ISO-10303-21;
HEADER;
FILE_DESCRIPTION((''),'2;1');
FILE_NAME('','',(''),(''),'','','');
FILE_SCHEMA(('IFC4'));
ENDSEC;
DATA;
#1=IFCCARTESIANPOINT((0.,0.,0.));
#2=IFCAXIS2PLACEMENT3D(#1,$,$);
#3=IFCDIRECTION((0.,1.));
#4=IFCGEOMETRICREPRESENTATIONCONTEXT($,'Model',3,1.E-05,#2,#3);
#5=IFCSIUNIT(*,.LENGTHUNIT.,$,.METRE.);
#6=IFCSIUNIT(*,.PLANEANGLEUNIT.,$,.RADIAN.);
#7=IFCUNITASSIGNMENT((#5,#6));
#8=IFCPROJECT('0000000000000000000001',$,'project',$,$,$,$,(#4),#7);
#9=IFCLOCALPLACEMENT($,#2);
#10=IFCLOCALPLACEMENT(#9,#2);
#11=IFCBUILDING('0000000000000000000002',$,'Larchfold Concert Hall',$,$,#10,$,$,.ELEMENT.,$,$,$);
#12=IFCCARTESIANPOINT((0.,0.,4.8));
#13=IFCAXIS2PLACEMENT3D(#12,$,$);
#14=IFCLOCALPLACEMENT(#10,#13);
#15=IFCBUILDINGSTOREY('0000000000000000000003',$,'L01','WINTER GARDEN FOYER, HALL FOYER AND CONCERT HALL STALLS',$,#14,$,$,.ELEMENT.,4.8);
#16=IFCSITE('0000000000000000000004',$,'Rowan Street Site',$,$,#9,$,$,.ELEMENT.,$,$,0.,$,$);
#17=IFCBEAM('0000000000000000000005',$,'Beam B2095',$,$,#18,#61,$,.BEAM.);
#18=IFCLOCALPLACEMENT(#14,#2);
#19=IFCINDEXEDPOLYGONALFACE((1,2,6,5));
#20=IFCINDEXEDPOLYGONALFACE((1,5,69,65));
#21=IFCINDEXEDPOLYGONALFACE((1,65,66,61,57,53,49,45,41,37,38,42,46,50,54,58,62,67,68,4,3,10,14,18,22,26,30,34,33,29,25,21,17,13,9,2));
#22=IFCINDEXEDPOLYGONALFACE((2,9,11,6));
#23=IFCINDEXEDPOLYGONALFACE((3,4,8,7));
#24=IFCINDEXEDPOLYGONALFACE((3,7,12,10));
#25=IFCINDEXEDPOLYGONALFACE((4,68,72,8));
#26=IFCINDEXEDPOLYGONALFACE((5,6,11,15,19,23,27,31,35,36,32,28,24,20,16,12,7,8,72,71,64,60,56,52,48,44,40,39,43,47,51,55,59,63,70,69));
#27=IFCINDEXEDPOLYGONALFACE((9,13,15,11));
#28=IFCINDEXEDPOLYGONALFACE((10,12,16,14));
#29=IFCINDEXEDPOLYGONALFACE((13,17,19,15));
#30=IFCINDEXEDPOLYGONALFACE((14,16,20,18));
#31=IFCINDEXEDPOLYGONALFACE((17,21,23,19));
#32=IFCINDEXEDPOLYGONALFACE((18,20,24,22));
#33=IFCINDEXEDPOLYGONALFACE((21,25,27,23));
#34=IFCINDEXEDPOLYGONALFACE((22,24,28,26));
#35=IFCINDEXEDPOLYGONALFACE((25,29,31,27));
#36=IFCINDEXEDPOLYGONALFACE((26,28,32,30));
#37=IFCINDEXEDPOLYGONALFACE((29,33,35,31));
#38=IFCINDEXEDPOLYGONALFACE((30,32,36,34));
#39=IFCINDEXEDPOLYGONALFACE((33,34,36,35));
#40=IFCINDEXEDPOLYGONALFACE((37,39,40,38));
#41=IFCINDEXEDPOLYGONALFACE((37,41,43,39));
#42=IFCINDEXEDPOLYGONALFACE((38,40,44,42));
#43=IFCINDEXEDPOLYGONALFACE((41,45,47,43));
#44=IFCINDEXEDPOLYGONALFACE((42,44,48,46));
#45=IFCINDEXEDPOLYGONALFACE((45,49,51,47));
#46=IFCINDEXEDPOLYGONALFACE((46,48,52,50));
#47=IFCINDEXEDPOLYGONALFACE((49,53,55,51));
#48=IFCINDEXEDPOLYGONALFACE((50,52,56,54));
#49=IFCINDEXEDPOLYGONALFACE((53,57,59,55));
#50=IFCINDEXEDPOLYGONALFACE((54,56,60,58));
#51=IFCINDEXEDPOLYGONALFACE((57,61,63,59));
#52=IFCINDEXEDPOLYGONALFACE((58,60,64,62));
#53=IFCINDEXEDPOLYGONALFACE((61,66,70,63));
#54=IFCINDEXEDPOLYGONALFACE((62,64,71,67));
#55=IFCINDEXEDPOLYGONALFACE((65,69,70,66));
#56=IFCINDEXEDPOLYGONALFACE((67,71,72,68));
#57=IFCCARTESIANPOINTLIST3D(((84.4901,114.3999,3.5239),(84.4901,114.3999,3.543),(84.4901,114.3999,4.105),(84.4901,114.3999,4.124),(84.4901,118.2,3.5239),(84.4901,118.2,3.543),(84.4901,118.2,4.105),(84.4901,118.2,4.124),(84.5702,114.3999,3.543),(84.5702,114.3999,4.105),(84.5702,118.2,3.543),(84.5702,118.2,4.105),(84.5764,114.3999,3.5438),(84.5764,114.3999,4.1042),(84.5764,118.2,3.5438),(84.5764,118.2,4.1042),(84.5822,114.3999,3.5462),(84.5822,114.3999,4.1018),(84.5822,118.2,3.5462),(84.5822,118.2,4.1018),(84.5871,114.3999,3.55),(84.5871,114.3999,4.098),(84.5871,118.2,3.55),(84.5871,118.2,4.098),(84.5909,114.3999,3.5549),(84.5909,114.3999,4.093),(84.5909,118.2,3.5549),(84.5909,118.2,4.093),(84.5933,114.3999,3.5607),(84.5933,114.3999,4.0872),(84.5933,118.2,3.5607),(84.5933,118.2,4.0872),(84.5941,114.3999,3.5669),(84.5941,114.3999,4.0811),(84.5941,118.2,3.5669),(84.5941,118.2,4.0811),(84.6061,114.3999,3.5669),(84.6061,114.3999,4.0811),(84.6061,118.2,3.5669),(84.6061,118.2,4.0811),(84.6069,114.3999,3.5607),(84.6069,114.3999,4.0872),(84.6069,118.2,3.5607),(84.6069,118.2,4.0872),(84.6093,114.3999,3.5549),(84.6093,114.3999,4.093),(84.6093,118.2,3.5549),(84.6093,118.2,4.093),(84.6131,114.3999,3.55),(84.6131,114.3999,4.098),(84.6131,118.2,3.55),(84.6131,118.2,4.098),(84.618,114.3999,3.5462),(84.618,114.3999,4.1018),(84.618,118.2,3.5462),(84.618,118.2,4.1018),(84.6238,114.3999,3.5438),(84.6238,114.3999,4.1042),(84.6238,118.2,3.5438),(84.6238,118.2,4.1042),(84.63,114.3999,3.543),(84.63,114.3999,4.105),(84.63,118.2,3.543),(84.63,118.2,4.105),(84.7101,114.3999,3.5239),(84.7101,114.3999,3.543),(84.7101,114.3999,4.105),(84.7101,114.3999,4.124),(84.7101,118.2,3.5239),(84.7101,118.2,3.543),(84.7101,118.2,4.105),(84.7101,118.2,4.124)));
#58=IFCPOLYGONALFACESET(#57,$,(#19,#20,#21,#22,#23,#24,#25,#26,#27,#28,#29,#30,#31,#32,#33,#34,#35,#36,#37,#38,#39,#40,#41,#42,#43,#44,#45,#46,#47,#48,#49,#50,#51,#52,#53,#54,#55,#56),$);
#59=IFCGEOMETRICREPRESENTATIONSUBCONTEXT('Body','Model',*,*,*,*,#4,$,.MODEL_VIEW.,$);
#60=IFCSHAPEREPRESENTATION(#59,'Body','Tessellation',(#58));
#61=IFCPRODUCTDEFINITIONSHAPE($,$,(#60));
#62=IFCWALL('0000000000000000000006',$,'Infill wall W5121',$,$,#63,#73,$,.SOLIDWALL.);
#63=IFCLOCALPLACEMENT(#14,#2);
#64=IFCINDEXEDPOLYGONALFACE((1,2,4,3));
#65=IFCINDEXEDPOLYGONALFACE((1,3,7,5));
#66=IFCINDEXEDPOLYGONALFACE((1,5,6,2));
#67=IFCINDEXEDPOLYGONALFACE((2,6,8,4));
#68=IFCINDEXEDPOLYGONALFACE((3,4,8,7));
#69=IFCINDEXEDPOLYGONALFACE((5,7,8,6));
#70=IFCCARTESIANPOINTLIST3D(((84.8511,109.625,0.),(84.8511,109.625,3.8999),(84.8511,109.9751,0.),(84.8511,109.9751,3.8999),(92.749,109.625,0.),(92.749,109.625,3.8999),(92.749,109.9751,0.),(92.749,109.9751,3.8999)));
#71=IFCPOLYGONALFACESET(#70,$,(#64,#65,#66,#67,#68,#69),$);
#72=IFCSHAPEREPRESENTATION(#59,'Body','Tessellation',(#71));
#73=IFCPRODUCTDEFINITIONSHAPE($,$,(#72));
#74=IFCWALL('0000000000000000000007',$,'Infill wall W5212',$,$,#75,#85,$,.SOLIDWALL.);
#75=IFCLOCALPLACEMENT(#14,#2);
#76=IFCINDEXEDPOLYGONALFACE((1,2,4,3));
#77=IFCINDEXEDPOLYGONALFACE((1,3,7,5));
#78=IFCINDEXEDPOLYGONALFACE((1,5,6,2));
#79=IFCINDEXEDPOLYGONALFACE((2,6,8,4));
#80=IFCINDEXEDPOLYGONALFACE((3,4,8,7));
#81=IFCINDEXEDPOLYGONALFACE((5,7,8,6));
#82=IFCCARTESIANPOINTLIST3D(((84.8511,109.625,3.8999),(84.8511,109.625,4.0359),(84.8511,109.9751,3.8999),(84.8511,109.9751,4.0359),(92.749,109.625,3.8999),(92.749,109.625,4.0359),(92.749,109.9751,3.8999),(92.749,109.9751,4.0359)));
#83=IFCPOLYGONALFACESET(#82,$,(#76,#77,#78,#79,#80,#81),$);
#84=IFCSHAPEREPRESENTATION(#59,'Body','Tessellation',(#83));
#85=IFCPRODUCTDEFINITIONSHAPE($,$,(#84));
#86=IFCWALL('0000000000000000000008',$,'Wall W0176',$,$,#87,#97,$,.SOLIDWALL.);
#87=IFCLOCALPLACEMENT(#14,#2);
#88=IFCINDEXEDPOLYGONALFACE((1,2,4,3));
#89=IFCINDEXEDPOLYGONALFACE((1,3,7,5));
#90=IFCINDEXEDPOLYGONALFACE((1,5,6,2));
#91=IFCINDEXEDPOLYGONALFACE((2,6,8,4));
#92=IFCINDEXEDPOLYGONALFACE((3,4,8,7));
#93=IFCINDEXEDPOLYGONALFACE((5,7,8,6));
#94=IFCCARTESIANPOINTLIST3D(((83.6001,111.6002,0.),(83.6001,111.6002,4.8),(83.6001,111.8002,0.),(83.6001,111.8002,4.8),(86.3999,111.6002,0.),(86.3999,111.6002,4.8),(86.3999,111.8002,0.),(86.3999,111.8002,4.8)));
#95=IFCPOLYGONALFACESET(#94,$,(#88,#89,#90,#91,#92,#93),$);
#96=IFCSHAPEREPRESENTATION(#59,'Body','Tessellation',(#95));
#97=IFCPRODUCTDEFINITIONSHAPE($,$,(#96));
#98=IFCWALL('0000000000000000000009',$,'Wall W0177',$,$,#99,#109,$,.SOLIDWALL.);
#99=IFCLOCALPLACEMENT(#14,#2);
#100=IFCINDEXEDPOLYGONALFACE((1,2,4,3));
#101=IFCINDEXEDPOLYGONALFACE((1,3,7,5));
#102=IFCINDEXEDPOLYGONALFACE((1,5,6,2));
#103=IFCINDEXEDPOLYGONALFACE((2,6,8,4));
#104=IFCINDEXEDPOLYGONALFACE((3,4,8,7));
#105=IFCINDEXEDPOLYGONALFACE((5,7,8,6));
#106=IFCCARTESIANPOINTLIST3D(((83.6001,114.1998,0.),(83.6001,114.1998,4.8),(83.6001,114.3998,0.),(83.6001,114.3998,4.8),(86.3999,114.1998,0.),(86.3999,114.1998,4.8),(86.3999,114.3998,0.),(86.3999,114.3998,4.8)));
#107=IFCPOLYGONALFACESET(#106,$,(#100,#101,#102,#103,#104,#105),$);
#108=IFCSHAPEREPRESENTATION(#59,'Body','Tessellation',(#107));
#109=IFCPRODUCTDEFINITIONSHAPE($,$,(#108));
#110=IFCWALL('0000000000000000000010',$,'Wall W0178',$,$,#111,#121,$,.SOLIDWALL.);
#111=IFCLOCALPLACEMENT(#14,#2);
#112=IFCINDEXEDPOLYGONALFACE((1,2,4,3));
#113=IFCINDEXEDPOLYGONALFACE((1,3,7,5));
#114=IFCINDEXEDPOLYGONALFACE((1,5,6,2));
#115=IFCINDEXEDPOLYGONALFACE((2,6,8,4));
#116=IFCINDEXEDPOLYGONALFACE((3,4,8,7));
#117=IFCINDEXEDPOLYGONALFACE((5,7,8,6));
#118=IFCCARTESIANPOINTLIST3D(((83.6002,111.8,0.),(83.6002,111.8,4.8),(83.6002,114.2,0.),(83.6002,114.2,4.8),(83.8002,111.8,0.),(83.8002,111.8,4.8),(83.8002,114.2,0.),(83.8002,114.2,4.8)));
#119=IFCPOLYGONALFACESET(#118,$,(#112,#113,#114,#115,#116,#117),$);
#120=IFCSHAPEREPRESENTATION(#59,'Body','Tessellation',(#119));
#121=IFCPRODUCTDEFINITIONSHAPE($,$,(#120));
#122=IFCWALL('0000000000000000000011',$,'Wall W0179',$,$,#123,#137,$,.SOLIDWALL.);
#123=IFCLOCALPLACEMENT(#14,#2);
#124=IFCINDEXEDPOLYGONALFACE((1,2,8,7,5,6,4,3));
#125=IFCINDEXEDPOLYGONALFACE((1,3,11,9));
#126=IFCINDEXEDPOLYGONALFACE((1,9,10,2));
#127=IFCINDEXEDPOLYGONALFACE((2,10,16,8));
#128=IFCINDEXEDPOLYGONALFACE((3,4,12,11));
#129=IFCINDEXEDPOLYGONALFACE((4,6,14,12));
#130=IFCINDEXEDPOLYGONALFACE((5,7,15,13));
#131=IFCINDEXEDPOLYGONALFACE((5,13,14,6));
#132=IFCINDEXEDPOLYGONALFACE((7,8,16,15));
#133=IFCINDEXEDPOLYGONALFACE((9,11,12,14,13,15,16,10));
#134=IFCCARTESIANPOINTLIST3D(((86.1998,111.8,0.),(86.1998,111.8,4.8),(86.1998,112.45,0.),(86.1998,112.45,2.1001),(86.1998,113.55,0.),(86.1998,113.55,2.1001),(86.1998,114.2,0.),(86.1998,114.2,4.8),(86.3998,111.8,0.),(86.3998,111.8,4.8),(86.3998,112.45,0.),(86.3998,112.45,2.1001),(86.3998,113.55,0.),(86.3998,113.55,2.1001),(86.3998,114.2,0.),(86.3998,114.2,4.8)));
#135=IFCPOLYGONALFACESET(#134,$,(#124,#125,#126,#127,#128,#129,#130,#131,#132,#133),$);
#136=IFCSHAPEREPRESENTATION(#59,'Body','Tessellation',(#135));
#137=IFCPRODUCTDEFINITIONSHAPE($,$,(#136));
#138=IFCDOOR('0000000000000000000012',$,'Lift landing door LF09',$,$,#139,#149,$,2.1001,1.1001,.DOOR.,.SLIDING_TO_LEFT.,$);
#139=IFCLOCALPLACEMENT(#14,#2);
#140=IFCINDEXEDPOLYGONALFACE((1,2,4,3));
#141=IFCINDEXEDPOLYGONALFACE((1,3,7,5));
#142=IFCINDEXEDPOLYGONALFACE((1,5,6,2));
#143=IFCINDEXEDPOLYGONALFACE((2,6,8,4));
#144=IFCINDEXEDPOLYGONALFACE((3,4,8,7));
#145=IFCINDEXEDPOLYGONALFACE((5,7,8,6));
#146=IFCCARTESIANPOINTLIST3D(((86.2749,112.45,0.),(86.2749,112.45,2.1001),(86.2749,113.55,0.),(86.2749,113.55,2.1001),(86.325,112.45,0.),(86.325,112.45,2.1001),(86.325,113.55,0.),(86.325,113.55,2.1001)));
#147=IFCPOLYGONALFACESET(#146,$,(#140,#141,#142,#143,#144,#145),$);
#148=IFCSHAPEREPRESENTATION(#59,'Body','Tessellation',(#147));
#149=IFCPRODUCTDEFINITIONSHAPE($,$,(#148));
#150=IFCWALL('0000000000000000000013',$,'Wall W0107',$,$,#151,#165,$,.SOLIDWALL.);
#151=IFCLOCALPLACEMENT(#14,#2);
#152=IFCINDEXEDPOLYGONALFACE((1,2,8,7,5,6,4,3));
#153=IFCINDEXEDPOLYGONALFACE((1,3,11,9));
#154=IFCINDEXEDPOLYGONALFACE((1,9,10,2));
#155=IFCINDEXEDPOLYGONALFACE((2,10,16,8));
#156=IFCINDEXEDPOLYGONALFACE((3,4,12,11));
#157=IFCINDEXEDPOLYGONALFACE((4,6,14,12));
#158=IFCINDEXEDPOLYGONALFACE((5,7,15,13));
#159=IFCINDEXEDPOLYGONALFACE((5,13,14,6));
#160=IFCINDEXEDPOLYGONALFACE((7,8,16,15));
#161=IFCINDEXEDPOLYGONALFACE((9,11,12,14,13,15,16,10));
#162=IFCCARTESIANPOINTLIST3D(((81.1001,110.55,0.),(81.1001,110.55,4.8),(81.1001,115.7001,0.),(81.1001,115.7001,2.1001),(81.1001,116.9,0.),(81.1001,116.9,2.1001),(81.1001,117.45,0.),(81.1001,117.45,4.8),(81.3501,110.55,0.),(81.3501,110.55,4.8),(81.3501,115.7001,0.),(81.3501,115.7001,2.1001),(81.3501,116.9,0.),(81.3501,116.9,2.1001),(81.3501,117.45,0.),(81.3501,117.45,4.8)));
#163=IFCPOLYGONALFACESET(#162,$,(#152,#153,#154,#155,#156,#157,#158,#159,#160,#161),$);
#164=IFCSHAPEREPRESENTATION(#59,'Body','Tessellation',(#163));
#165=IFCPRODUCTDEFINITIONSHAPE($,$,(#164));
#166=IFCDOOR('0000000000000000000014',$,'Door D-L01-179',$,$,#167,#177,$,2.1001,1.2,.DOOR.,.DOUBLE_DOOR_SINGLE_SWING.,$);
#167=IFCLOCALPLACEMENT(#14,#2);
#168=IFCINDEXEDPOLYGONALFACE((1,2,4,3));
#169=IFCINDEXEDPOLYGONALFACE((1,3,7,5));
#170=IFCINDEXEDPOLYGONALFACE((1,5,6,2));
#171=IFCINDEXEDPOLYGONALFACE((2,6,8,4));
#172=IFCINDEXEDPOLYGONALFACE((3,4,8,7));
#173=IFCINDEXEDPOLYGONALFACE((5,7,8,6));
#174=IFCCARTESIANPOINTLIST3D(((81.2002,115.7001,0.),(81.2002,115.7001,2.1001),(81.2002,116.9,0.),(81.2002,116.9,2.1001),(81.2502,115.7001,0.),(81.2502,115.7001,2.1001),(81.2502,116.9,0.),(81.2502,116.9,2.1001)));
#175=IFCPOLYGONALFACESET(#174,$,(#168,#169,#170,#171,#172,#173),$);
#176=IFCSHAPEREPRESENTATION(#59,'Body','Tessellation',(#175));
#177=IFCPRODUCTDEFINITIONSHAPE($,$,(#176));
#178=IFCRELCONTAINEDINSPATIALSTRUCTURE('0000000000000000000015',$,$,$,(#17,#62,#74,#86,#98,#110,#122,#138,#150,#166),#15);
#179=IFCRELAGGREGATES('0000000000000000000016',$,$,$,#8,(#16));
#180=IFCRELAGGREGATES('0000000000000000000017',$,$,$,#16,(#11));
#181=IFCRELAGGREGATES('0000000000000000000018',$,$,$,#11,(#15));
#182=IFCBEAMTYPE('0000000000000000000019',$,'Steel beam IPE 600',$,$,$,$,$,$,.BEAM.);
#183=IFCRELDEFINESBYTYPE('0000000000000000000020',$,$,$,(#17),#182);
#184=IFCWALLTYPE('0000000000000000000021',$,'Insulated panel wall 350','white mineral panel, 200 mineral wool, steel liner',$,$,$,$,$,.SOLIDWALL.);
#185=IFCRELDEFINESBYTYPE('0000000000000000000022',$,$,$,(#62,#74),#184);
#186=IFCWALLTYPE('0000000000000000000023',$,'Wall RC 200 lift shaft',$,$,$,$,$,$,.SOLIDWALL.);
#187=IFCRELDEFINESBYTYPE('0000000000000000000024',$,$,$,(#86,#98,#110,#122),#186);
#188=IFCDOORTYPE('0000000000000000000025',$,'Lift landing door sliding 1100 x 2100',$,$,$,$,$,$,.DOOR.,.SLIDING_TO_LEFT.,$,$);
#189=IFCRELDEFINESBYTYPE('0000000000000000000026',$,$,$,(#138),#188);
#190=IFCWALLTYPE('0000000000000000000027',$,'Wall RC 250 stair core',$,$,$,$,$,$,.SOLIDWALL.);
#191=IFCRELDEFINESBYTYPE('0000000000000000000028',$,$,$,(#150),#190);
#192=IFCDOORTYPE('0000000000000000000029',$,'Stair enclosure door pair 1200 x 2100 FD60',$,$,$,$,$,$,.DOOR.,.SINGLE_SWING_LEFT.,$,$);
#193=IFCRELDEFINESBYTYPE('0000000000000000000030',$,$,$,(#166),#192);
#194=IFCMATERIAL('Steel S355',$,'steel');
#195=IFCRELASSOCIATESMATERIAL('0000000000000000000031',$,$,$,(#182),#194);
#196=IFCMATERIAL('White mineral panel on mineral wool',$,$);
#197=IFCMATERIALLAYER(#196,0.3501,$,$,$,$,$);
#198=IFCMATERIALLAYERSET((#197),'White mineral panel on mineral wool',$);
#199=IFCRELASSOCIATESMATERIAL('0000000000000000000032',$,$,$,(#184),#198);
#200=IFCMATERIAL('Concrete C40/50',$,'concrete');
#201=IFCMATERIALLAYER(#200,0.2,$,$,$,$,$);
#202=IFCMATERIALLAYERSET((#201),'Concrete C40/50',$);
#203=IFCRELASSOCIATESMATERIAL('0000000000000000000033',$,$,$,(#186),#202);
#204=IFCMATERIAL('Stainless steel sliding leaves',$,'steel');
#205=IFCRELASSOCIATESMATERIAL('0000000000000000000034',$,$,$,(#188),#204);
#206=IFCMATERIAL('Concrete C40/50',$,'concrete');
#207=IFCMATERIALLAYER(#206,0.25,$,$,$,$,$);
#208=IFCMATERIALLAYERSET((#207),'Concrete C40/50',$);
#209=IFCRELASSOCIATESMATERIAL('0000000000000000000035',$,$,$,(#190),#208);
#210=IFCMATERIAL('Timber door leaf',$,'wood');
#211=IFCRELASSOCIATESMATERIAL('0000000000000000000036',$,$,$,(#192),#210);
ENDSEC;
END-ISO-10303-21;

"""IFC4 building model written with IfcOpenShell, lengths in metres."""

from ifc_helpers import new_model, si_unit, direction, frame, frame_2d, origin, origin_2d, place, context, subcontext, project, spatial, rectangle, i_section, extrude, material, layer, layer_set, material_profile, profile_set, type_object, element, fill, save


model = new_model("IFC4")

# Units and contexts
model_context = context("Model", 3, precision=1e-05, world=origin(), true_north=direction((0.0, 1.0)))
body_context = subcontext(model_context, "Body", "Model", "MODEL_VIEW")
ifc_project = project(units=[si_unit("LENGTHUNIT", "METRE"), si_unit("PLANEANGLEUNIT", "RADIAN")], contexts=[model_context])

# Site, building, storey
site_placement = place(None, origin())
site = spatial("IfcSite", under=ifc_project, at=site_placement, Name="Rowan Street Site", CompositionType="ELEMENT", RefElevation=0.0)
building_placement = place(site_placement, origin())
building = spatial("IfcBuilding", under=site, at=building_placement, Name="Larchfold Concert Hall", CompositionType="ELEMENT")
storey_placement = place(building_placement, frame((0.0, 0.0, 4.8)))
storey = spatial("IfcBuildingStorey", under=building, at=storey_placement, Name="L01", Description="WINTER GARDEN FOYER, HALL FOYER AND CONCERT HALL STALLS", CompositionType="ELEMENT", Elevation=4.8)

# Beam
ifc_material_1 = material(Name="Steel S355", Category="steel")
ifc_material_profile_1 = material_profile(ifc_material_1, i_section(OverallWidth=0.22, OverallDepth=0.6001, WebThickness=0.012, FlangeThickness=0.019, FilletRadius=0.0239, at=origin_2d()))
ifc_profile_set_1 = profile_set([ifc_material_profile_1], Name="Steel S355")
beam_type_1 = type_object("IfcBeamType", Name="Steel beam IPE 600", PredefinedType="BEAM", material=ifc_profile_set_1)
beam_1_placement = place(storey_placement, frame((84.6001, 114.3999, 3.824), z_axis=(0.0, 1.0, 0.0), x_axis=(-1.0, 0.0, 0.0)))
element("IfcBeam", 1, at=beam_1_placement, inside=storey, type_object=beam_type_1, Name="Beam B2095", PredefinedType="BEAM", context=body_context, shape_type="SweptSolid", body=[
    extrude(i_section(OverallWidth=0.22, OverallDepth=0.6001, WebThickness=0.012, FlangeThickness=0.019, FilletRadius=0.0239, at=origin_2d()), origin(), (0.0, 0.0, 1.0), 3.8),
])

# Walls
ifc_material_2 = material(Name="White mineral panel on mineral wool")
ifc_layer_1 = layer(ifc_material_2, 0.3501)
ifc_layer_set_1 = layer_set([ifc_layer_1], Name="White mineral panel on mineral wool")
wall_type_1 = type_object("IfcWallType", Name="Insulated panel wall 350", Description="white mineral panel, 200 mineral wool, steel liner", PredefinedType="SOLIDWALL", material=ifc_layer_set_1)
wall_1_placement = place(storey_placement, frame((84.8511, 109.8, 0.0), z_axis=(0.0, 0.0, 1.0), x_axis=(1.0, 0.0, 0.0)))
element("IfcWall", 2, at=wall_1_placement, inside=storey, type_object=wall_type_1, Name="Infill wall W5121", PredefinedType="SOLIDWALL", context=body_context, shape_type="SweptSolid", body=[
    extrude(rectangle(XDim=7.8979, YDim=0.3501, at=frame_2d((3.949, 0.0))), origin(), (0.0, 0.0, 1.0), 3.8999),
])
wall_2_placement = place(storey_placement, frame((84.8511, 109.8, 3.8999), z_axis=(0.0, 0.0, 1.0), x_axis=(1.0, 0.0, 0.0)))
element("IfcWall", 3, at=wall_2_placement, inside=storey, type_object=wall_type_1, Name="Infill wall W5212", PredefinedType="SOLIDWALL", context=body_context, shape_type="SweptSolid", body=[
    extrude(rectangle(XDim=7.8979, YDim=0.3501, at=frame_2d((3.949, 0.0))), origin(), (0.0, 0.0, 1.0), 0.136),
])
ifc_material_3 = material(Name="Concrete C40/50", Category="concrete")
ifc_layer_2 = layer(ifc_material_3, 0.2)
ifc_layer_set_2 = layer_set([ifc_layer_2], Name="Concrete C40/50")
wall_type_2 = type_object("IfcWallType", Name="Wall RC 200 lift shaft", PredefinedType="SOLIDWALL", material=ifc_layer_set_2)
for number, where, z_axis, x_axis, name in (
    (4, (83.6001, 111.7002, 0.0), (0.0, 0.0, 1.0), (1.0, 0.0, 0.0), "Wall W0176"),
    (5, (83.6001, 114.2998, 0.0), (0.0, 0.0, 1.0), (1.0, 0.0, 0.0), "Wall W0177"),
):
    element("IfcWall", number, at=place(storey_placement, frame(where, z_axis=z_axis, x_axis=x_axis)), inside=storey, type_object=wall_type_2, Name=name, PredefinedType="SOLIDWALL", context=body_context, shape_type="SweptSolid", body=[
        extrude(rectangle(XDim=2.7998, YDim=0.2, at=frame_2d((1.3999, 0.0))), origin(), (0.0, 0.0, 1.0), 4.8),
    ])
wall_3_placement = place(storey_placement, frame((83.7002, 111.8, 0.0), z_axis=(0.0, 0.0, 1.0), x_axis=(0.0, 1.0, 0.0)))
element("IfcWall", 6, at=wall_3_placement, inside=storey, type_object=wall_type_2, Name="Wall W0178", PredefinedType="SOLIDWALL", context=body_context, shape_type="SweptSolid", body=[
    extrude(rectangle(XDim=2.3999, YDim=0.2, at=frame_2d((1.2, 0.0))), origin(), (0.0, 0.0, 1.0), 4.8),
])

# Walls, openings, doors
wall_4_placement = place(storey_placement, frame((86.2998, 111.8, 0.0), z_axis=(0.0, 0.0, 1.0), x_axis=(0.0, 1.0, 0.0)))
wall_4 = element("IfcWall", 7, at=wall_4_placement, inside=storey, type_object=wall_type_2, Name="Wall W0179", PredefinedType="SOLIDWALL", context=body_context, shape_type="SweptSolid", body=[
    extrude(rectangle(XDim=2.3999, YDim=0.2, at=frame_2d((1.2, 0.0))), origin(), (0.0, 0.0, 1.0), 4.8),
])
opening_1_placement = place(wall_4_placement, frame((0.6499, 0.0, 0.0)))
opening_1 = element("IfcOpeningElement", 8, at=opening_1_placement, cuts=wall_4, PredefinedType="OPENING", context=body_context, shape_type="SweptSolid", body=[
    extrude(rectangle(XDim=1.1001, YDim=2.1001, at=frame_2d((0.55, 1.05))), frame((0.0, 0.1099, 0.0), z_axis=(0.0, -1.0, 0.0), x_axis=(1.0, 0.0, 0.0)), (0.0, 0.0, 1.0), 0.22),
])
ifc_material_4 = material(Name="Stainless steel sliding leaves", Category="steel")
door_type_1 = type_object("IfcDoorType", Name="Lift landing door sliding 1100 x 2100", OperationType="SLIDING_TO_LEFT", PredefinedType="DOOR", material=ifc_material_4)
door_1_placement = place(opening_1_placement, origin())
door_1 = element("IfcDoor", 9, at=door_1_placement, inside=storey, type_object=door_type_1, Name="Lift landing door LF09", OperationType="SLIDING_TO_LEFT", OverallHeight=2.1001, OverallWidth=1.1001, PredefinedType="DOOR", context=body_context, shape_type="SweptSolid", body=[
    extrude(rectangle(XDim=1.1001, YDim=2.1001, at=frame_2d((0.55, 1.05))), frame((0.0, 0.0249, 0.0), z_axis=(0.0, -1.0, 0.0), x_axis=(1.0, 0.0, 0.0)), (0.0, 0.0, 1.0), 0.05),
])
fill(opening_1, door_1)
ifc_material_5 = material(Name="Concrete C40/50", Category="concrete")
ifc_layer_3 = layer(ifc_material_5, 0.25)
ifc_layer_set_3 = layer_set([ifc_layer_3], Name="Concrete C40/50")
wall_type_3 = type_object("IfcWallType", Name="Wall RC 250 stair core", PredefinedType="SOLIDWALL", material=ifc_layer_set_3)
wall_5_placement = place(storey_placement, frame((81.2251, 110.55, 0.0), z_axis=(0.0, 0.0, 1.0), x_axis=(0.0, 1.0, 0.0)))
wall_5 = element("IfcWall", 10, at=wall_5_placement, inside=storey, type_object=wall_type_3, Name="Wall W0107", PredefinedType="SOLIDWALL", context=body_context, shape_type="SweptSolid", body=[
    extrude(rectangle(XDim=6.8999, YDim=0.25, at=frame_2d((3.45, 0.0))), origin(), (0.0, 0.0, 1.0), 4.8),
])
opening_2_placement = place(wall_5_placement, frame((5.1499, 0.0, 0.0)))
opening_2 = element("IfcOpeningElement", 11, at=opening_2_placement, cuts=wall_5, PredefinedType="OPENING", context=body_context, shape_type="SweptSolid", body=[
    extrude(rectangle(XDim=1.2, YDim=2.1001, at=frame_2d((0.6001, 1.05))), frame((0.0, 0.135, 0.0), z_axis=(0.0, -1.0, 0.0), x_axis=(1.0, 0.0, 0.0)), (0.0, 0.0, 1.0), 0.27),
])
ifc_material_6 = material(Name="Timber door leaf", Category="wood")
door_type_2 = type_object("IfcDoorType", Name="Stair enclosure door pair 1200 x 2100 FD60", OperationType="SINGLE_SWING_LEFT", PredefinedType="DOOR", material=ifc_material_6)
door_2_placement = place(opening_2_placement, origin())
door_2 = element("IfcDoor", 12, at=door_2_placement, inside=storey, type_object=door_type_2, Name="Door D-L01-179", OperationType="DOUBLE_DOOR_SINGLE_SWING", OverallHeight=2.1001, OverallWidth=1.2, PredefinedType="DOOR", context=body_context, shape_type="SweptSolid", body=[
    extrude(rectangle(XDim=1.2, YDim=2.1001, at=frame_2d((0.6001, 1.05))), frame((0.0, 0.0249, 0.0), z_axis=(0.0, -1.0, 0.0), x_axis=(1.0, 0.0, 0.0)), (0.0, 0.0, 1.0), 0.05),
])
fill(opening_2, door_2)

save(model, "model.ifc")
